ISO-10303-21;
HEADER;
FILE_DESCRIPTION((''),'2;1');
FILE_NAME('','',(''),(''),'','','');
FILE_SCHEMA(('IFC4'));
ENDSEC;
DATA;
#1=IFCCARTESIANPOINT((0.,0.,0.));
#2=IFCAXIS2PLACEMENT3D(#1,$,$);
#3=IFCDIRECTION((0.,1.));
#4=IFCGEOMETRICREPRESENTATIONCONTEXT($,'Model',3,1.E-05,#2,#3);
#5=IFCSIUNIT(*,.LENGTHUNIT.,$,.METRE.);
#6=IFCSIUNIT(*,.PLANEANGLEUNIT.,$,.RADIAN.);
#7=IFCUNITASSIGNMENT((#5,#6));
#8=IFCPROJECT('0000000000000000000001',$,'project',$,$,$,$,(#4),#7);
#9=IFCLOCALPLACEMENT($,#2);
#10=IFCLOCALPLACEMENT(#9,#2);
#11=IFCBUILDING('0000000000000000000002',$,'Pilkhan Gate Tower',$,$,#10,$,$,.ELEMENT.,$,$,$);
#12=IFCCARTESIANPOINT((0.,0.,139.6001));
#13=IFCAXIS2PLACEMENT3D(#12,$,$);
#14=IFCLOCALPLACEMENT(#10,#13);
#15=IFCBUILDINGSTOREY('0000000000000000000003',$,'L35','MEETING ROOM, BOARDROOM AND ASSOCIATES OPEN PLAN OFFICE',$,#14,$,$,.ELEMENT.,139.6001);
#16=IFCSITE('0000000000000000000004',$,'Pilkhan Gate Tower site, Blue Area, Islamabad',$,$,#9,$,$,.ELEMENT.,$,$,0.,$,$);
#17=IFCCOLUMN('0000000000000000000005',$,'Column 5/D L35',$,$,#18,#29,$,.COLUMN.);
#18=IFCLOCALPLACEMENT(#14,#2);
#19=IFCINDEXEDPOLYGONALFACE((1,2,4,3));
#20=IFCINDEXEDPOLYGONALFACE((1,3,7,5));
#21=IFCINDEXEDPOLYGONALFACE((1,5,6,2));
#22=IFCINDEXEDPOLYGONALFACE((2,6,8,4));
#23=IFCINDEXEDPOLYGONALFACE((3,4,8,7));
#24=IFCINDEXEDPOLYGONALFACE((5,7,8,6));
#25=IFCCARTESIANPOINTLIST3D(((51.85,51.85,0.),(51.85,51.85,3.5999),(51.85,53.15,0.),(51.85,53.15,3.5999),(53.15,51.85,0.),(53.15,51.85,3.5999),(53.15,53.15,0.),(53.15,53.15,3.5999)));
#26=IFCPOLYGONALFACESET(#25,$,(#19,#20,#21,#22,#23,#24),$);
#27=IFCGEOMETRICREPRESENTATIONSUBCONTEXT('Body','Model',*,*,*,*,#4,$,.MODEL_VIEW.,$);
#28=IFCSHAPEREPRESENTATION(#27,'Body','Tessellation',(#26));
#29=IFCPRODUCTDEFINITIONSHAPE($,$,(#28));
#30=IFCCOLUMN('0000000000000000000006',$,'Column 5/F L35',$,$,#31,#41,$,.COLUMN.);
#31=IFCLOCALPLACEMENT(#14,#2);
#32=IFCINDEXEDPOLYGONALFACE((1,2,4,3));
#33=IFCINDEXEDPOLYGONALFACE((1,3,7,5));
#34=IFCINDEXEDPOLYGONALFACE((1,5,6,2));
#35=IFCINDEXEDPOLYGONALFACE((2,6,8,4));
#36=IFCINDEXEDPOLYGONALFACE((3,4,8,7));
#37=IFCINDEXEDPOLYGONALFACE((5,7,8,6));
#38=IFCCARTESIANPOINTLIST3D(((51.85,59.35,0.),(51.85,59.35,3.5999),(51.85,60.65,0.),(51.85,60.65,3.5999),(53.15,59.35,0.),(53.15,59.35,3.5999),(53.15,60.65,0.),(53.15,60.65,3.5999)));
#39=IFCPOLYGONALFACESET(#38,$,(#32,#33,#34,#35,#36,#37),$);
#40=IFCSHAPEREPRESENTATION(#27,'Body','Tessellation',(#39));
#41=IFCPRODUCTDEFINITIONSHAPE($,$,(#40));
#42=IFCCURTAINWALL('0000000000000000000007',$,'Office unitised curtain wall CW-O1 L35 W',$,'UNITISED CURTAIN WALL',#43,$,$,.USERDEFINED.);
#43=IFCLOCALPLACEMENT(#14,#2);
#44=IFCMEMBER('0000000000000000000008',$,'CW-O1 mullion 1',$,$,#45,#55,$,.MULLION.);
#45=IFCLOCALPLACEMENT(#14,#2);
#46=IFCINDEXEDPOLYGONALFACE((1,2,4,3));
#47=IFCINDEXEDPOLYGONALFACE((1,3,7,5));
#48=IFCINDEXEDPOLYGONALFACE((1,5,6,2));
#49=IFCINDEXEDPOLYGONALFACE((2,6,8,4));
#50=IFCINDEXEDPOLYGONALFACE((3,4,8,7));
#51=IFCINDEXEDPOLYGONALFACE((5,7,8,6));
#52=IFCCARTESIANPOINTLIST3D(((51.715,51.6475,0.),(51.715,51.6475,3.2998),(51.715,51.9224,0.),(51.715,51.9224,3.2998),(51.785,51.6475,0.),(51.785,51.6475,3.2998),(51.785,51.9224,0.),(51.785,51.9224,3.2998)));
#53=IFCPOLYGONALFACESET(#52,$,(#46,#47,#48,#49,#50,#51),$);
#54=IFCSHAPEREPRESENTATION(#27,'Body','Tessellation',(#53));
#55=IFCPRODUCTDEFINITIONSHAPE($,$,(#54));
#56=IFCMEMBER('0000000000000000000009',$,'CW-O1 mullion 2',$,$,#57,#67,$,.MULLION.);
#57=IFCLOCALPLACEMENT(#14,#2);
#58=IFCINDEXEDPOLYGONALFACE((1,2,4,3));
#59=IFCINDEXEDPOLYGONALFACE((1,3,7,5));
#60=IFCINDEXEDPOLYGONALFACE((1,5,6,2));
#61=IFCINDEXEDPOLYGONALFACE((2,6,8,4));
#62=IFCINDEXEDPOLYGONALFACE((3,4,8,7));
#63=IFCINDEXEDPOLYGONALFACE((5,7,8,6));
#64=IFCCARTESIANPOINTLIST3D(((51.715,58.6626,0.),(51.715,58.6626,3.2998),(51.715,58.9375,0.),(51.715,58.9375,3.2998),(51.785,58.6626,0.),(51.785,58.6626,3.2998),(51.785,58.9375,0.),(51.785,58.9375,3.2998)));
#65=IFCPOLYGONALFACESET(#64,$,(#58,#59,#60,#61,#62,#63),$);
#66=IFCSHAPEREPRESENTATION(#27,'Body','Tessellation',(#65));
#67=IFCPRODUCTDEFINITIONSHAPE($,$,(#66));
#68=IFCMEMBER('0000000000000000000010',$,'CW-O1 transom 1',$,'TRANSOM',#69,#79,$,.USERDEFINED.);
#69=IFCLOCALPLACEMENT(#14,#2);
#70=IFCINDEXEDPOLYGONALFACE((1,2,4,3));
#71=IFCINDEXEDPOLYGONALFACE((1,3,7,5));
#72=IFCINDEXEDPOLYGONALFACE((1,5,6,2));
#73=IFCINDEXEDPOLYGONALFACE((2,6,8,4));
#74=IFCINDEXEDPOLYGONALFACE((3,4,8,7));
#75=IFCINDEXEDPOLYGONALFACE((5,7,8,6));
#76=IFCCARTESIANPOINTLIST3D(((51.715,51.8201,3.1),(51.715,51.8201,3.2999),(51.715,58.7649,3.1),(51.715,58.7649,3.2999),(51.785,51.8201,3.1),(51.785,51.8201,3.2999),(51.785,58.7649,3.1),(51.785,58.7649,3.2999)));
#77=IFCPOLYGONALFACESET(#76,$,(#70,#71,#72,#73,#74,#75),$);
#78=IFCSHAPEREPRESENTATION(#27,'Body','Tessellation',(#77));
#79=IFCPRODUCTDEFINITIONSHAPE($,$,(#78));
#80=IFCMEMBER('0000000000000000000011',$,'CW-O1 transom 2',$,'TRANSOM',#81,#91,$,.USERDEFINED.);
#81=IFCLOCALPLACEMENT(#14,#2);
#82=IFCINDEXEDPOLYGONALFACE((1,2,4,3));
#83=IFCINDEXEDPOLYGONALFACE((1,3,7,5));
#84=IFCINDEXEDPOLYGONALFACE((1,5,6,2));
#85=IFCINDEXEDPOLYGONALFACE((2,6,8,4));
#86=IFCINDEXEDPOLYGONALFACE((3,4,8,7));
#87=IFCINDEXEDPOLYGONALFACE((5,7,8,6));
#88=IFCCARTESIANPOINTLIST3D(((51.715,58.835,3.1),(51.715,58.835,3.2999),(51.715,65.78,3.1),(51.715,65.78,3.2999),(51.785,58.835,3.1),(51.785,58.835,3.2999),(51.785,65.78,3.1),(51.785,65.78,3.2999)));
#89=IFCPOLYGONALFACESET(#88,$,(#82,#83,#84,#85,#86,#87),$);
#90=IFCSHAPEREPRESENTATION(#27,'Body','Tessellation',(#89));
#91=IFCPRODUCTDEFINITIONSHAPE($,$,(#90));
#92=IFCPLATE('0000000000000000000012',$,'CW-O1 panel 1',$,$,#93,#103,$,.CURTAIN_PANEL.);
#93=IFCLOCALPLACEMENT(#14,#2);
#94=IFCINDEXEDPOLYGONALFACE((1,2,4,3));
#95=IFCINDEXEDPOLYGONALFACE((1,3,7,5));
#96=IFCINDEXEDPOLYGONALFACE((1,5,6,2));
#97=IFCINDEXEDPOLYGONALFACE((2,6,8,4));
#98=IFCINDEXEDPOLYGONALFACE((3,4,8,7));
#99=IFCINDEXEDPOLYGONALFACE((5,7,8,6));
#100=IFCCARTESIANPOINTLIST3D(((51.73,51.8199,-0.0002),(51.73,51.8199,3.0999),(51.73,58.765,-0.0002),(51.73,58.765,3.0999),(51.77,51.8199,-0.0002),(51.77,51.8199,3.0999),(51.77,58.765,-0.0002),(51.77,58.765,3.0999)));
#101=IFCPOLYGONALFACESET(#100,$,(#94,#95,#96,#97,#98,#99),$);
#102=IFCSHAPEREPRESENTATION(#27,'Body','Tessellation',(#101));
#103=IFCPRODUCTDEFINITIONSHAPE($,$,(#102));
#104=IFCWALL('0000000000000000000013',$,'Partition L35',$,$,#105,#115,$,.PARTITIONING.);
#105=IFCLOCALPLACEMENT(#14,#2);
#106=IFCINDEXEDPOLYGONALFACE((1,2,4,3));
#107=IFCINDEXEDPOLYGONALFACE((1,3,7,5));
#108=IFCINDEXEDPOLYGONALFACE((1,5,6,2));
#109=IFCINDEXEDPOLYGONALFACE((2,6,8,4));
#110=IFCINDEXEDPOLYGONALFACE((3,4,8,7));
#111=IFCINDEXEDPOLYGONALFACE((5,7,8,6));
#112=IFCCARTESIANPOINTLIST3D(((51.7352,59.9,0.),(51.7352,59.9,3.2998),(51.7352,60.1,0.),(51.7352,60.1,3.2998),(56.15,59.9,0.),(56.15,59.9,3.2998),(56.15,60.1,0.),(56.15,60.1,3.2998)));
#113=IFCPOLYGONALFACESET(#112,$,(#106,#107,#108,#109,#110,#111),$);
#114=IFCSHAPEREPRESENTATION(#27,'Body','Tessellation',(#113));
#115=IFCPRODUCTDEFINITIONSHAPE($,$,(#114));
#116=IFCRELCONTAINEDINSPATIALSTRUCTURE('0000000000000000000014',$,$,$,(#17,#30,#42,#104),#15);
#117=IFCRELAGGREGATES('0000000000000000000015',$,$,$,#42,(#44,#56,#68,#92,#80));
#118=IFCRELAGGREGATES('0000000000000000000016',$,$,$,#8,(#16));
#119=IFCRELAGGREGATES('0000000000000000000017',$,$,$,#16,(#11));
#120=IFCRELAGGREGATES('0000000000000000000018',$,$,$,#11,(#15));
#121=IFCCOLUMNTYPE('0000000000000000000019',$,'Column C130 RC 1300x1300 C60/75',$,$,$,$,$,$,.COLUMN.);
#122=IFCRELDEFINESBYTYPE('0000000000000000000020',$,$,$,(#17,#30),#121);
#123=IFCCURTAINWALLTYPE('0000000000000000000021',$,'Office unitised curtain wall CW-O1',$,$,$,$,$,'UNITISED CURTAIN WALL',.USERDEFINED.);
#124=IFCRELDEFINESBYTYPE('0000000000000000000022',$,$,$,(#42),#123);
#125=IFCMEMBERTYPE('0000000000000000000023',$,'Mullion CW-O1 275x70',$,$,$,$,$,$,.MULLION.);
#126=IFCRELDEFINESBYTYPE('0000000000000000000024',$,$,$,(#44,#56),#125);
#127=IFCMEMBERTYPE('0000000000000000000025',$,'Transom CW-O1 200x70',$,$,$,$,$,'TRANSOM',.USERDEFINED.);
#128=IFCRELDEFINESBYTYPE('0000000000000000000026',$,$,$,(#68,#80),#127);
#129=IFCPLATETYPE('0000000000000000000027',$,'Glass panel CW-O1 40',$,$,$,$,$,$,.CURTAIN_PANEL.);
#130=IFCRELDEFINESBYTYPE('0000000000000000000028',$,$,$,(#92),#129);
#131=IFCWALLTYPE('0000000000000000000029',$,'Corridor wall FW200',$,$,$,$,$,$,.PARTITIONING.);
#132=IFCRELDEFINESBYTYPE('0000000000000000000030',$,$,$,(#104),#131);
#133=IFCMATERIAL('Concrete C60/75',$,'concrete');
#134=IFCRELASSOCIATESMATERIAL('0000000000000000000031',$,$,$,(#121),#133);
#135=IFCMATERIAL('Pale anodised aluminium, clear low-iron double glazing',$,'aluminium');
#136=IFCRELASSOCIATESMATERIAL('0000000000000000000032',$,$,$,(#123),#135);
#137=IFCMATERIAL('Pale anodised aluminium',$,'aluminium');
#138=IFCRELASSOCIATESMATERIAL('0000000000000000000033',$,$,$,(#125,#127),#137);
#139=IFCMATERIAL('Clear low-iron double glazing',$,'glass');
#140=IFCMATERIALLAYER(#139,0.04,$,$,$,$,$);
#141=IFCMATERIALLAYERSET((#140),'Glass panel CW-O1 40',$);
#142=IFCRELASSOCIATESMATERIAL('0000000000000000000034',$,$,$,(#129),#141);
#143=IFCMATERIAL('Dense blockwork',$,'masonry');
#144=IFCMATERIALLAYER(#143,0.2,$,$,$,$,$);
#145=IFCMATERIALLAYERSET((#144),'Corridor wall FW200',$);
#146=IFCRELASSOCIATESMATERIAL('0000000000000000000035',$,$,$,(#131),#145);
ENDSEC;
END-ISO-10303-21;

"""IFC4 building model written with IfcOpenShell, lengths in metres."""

from ifc_helpers import new_model, si_unit, direction, frame, frame_2d, origin, origin_2d, place, context, subcontext, project, spatial, rectangle, extrude, material, layer, layer_set, material_profile, profile_set, type_object, element, aggregate, save


model = new_model("IFC4")

# Units and contexts
model_context = context("Model", 3, precision=1e-05, world=origin(), true_north=direction((0.0, 1.0)))
body_context = subcontext(model_context, "Body", "Model", "MODEL_VIEW")
ifc_project = project(units=[si_unit("LENGTHUNIT", "METRE"), si_unit("PLANEANGLEUNIT", "RADIAN")], contexts=[model_context])

# Site, building, storey
site_placement = place(None, origin())
site = spatial("IfcSite", under=ifc_project, at=site_placement, Name="Pilkhan Gate Tower site, Blue Area, Islamabad", CompositionType="ELEMENT", RefElevation=0.0)
building_placement = place(site_placement, origin())
building = spatial("IfcBuilding", under=site, at=building_placement, Name="Pilkhan Gate Tower", CompositionType="ELEMENT")
storey_placement = place(building_placement, frame((0.0, 0.0, 139.6001)))
storey = spatial("IfcBuildingStorey", under=building, at=storey_placement, Name="L35", Description="MEETING ROOM, BOARDROOM AND ASSOCIATES OPEN PLAN OFFICE", CompositionType="ELEMENT", Elevation=139.6001)

# Columns
ifc_material_1 = material(Name="Concrete C60/75", Category="concrete")
ifc_material_profile_1 = material_profile(ifc_material_1, rectangle(XDim=1.3, YDim=1.3, at=origin_2d()), Name="RC 1300x1300")
ifc_profile_set_1 = profile_set([ifc_material_profile_1], Name="Concrete C60/75")
column_type = type_object("IfcColumnType", Name="Column C130 RC 1300x1300 C60/75", PredefinedType="COLUMN", material=ifc_profile_set_1)
for number, where, z_axis, x_axis, name in (
    (1, (52.5, 52.5, 0.0), (0.0, 0.0, 1.0), (1.0, 0.0, 0.0), "Column 5/D L35"),
    (2, (52.5, 60.0, 0.0), (0.0, 0.0, 1.0), (1.0, 0.0, 0.0), "Column 5/F L35"),
):
    element("IfcColumn", number, at=place(storey_placement, frame(where, z_axis=z_axis, x_axis=x_axis)), inside=storey, type_object=column_type, Name=name, PredefinedType="COLUMN", context=body_context, shape_type="SweptSolid", body=[
        extrude(rectangle(XDim=1.3, YDim=1.3, at=origin_2d()), origin(), (0.0, 0.0, 1.0), 3.5999),
    ])

# Curtain wall, members, plate
ifc_material_2 = material(Name="Pale anodised aluminium, clear low-iron double glazing", Category="aluminium")
curtain_wall_type = type_object("IfcCurtainWallType", Name="Office unitised curtain wall CW-O1", ElementType="UNITISED CURTAIN WALL", PredefinedType="USERDEFINED", material=ifc_material_2)
curtain_wall_placement = place(storey_placement, origin())
curtain_wall = element("IfcCurtainWall", 3, at=curtain_wall_placement, inside=storey, type_object=curtain_wall_type, Name="Office unitised curtain wall CW-O1 L35 W", ObjectType="UNITISED CURTAIN WALL", PredefinedType="USERDEFINED")
ifc_material_3 = material(Name="Pale anodised aluminium", Category="aluminium")
ifc_material_profile_2 = material_profile(ifc_material_3, rectangle(XDim=0.0701, YDim=0.2749, at=origin_2d()), Name="Mullion 275x70")
ifc_profile_set_2 = profile_set([ifc_material_profile_2], Name="Pale anodised aluminium")
member_type_1 = type_object("IfcMemberType", Name="Mullion CW-O1 275x70", PredefinedType="MULLION", material=ifc_profile_set_2)
member_1_placement = place(storey_placement, frame((51.75, 51.7849, 0.0), z_axis=(0.0, 0.0, 1.0), x_axis=(-1.0, 0.0, 0.0)))
member_1 = element("IfcMember", 4, at=member_1_placement, type_object=member_type_1, Name="CW-O1 mullion 1", PredefinedType="MULLION", context=body_context, shape_type="SweptSolid", body=[
    extrude(rectangle(XDim=0.0701, YDim=0.2749, at=origin_2d()), origin(), (0.0, 0.0, 1.0), 3.2998),
])
member_2_placement = place(storey_placement, frame((51.75, 58.8, 0.0), z_axis=(0.0, 0.0, 1.0), x_axis=(-1.0, 0.0, 0.0)))
member_2 = element("IfcMember", 5, at=member_2_placement, type_object=member_type_1, Name="CW-O1 mullion 2", PredefinedType="MULLION", context=body_context, shape_type="SweptSolid", body=[
    extrude(rectangle(XDim=0.0701, YDim=0.2749, at=origin_2d()), origin(), (0.0, 0.0, 1.0), 3.2998),
])
ifc_material_profile_3 = material_profile(ifc_material_3, rectangle(XDim=0.0701, YDim=0.2, at=origin_2d()), Name="Transom 200x70")
ifc_profile_set_3 = profile_set([ifc_material_profile_3], Name="Pale anodised aluminium")
member_type_2 = type_object("IfcMemberType", Name="Transom CW-O1 200x70", ElementType="TRANSOM", PredefinedType="USERDEFINED", material=ifc_profile_set_3)
member_3_placement = place(storey_placement, frame((51.75, 51.8201, 3.2), z_axis=(0.0, 1.0, 0.0), x_axis=(-1.0, 0.0, 0.0)))
member_3 = element("IfcMember", 6, at=member_3_placement, type_object=member_type_2, Name="CW-O1 transom 1", ObjectType="TRANSOM", PredefinedType="USERDEFINED", context=body_context, shape_type="SweptSolid", body=[
    extrude(rectangle(XDim=0.0701, YDim=0.2, at=origin_2d()), origin(), (0.0, 0.0, 1.0), 6.9448),
])
member_4_placement = place(storey_placement, frame((51.75, 58.835, 3.2), z_axis=(0.0, 1.0, 0.0), x_axis=(-1.0, 0.0, 0.0)))
member_4 = element("IfcMember", 7, at=member_4_placement, type_object=member_type_2, Name="CW-O1 transom 2", ObjectType="TRANSOM", PredefinedType="USERDEFINED", context=body_context, shape_type="SweptSolid", body=[
    extrude(rectangle(XDim=0.0701, YDim=0.2, at=origin_2d()), origin(), (0.0, 0.0, 1.0), 6.9451),
])
ifc_material_4 = material(Name="Clear low-iron double glazing", Category="glass")
ifc_layer_1 = layer(ifc_material_4, 0.04)
ifc_layer_set_1 = layer_set([ifc_layer_1], Name="Glass panel CW-O1 40")
plate_type = type_object("IfcPlateType", Name="Glass panel CW-O1 40", PredefinedType="CURTAIN_PANEL", material=ifc_layer_set_1)
plate_placement = place(storey_placement, frame((51.75, 55.2925, -0.0002), z_axis=(0.0, 0.0, 1.0), x_axis=(0.0, 1.0, 0.0)))
plate = element("IfcPlate", 8, at=plate_placement, type_object=plate_type, Name="CW-O1 panel 1", PredefinedType="CURTAIN_PANEL", context=body_context, shape_type="SweptSolid", body=[
    extrude(rectangle(XDim=6.9451, YDim=0.04, at=origin_2d()), origin(), (0.0, 0.0, 1.0), 3.1001),
])
aggregate(curtain_wall, [member_1, member_2, member_3, plate, member_4])

# Shared definitions
ifc_material_5 = material(Name="Dense blockwork", Category="masonry")
ifc_layer_2 = layer(ifc_material_5, 0.2)
ifc_layer_set_2 = layer_set([ifc_layer_2], Name="Corridor wall FW200")
wall_type = type_object("IfcWallType", Name="Corridor wall FW200", PredefinedType="PARTITIONING", material=ifc_layer_set_2)

# Wall
wall_1_placement = place(storey_placement, frame((51.7351, 60.0, 0.0), z_axis=(0.0, 0.0, 1.0), x_axis=(1.0, 0.0, 0.0)))
element("IfcWall", 9, at=wall_1_placement, inside=storey, type_object=wall_type, Name="Partition L35", PredefinedType="PARTITIONING", context=body_context, shape_type="SweptSolid", body=[
    extrude(rectangle(XDim=4.4148, YDim=0.2, at=frame_2d((2.2075, 0.0))), origin(), (0.0, 0.0, 1.0), 3.2998),
])

save(model, "model.ifc")
